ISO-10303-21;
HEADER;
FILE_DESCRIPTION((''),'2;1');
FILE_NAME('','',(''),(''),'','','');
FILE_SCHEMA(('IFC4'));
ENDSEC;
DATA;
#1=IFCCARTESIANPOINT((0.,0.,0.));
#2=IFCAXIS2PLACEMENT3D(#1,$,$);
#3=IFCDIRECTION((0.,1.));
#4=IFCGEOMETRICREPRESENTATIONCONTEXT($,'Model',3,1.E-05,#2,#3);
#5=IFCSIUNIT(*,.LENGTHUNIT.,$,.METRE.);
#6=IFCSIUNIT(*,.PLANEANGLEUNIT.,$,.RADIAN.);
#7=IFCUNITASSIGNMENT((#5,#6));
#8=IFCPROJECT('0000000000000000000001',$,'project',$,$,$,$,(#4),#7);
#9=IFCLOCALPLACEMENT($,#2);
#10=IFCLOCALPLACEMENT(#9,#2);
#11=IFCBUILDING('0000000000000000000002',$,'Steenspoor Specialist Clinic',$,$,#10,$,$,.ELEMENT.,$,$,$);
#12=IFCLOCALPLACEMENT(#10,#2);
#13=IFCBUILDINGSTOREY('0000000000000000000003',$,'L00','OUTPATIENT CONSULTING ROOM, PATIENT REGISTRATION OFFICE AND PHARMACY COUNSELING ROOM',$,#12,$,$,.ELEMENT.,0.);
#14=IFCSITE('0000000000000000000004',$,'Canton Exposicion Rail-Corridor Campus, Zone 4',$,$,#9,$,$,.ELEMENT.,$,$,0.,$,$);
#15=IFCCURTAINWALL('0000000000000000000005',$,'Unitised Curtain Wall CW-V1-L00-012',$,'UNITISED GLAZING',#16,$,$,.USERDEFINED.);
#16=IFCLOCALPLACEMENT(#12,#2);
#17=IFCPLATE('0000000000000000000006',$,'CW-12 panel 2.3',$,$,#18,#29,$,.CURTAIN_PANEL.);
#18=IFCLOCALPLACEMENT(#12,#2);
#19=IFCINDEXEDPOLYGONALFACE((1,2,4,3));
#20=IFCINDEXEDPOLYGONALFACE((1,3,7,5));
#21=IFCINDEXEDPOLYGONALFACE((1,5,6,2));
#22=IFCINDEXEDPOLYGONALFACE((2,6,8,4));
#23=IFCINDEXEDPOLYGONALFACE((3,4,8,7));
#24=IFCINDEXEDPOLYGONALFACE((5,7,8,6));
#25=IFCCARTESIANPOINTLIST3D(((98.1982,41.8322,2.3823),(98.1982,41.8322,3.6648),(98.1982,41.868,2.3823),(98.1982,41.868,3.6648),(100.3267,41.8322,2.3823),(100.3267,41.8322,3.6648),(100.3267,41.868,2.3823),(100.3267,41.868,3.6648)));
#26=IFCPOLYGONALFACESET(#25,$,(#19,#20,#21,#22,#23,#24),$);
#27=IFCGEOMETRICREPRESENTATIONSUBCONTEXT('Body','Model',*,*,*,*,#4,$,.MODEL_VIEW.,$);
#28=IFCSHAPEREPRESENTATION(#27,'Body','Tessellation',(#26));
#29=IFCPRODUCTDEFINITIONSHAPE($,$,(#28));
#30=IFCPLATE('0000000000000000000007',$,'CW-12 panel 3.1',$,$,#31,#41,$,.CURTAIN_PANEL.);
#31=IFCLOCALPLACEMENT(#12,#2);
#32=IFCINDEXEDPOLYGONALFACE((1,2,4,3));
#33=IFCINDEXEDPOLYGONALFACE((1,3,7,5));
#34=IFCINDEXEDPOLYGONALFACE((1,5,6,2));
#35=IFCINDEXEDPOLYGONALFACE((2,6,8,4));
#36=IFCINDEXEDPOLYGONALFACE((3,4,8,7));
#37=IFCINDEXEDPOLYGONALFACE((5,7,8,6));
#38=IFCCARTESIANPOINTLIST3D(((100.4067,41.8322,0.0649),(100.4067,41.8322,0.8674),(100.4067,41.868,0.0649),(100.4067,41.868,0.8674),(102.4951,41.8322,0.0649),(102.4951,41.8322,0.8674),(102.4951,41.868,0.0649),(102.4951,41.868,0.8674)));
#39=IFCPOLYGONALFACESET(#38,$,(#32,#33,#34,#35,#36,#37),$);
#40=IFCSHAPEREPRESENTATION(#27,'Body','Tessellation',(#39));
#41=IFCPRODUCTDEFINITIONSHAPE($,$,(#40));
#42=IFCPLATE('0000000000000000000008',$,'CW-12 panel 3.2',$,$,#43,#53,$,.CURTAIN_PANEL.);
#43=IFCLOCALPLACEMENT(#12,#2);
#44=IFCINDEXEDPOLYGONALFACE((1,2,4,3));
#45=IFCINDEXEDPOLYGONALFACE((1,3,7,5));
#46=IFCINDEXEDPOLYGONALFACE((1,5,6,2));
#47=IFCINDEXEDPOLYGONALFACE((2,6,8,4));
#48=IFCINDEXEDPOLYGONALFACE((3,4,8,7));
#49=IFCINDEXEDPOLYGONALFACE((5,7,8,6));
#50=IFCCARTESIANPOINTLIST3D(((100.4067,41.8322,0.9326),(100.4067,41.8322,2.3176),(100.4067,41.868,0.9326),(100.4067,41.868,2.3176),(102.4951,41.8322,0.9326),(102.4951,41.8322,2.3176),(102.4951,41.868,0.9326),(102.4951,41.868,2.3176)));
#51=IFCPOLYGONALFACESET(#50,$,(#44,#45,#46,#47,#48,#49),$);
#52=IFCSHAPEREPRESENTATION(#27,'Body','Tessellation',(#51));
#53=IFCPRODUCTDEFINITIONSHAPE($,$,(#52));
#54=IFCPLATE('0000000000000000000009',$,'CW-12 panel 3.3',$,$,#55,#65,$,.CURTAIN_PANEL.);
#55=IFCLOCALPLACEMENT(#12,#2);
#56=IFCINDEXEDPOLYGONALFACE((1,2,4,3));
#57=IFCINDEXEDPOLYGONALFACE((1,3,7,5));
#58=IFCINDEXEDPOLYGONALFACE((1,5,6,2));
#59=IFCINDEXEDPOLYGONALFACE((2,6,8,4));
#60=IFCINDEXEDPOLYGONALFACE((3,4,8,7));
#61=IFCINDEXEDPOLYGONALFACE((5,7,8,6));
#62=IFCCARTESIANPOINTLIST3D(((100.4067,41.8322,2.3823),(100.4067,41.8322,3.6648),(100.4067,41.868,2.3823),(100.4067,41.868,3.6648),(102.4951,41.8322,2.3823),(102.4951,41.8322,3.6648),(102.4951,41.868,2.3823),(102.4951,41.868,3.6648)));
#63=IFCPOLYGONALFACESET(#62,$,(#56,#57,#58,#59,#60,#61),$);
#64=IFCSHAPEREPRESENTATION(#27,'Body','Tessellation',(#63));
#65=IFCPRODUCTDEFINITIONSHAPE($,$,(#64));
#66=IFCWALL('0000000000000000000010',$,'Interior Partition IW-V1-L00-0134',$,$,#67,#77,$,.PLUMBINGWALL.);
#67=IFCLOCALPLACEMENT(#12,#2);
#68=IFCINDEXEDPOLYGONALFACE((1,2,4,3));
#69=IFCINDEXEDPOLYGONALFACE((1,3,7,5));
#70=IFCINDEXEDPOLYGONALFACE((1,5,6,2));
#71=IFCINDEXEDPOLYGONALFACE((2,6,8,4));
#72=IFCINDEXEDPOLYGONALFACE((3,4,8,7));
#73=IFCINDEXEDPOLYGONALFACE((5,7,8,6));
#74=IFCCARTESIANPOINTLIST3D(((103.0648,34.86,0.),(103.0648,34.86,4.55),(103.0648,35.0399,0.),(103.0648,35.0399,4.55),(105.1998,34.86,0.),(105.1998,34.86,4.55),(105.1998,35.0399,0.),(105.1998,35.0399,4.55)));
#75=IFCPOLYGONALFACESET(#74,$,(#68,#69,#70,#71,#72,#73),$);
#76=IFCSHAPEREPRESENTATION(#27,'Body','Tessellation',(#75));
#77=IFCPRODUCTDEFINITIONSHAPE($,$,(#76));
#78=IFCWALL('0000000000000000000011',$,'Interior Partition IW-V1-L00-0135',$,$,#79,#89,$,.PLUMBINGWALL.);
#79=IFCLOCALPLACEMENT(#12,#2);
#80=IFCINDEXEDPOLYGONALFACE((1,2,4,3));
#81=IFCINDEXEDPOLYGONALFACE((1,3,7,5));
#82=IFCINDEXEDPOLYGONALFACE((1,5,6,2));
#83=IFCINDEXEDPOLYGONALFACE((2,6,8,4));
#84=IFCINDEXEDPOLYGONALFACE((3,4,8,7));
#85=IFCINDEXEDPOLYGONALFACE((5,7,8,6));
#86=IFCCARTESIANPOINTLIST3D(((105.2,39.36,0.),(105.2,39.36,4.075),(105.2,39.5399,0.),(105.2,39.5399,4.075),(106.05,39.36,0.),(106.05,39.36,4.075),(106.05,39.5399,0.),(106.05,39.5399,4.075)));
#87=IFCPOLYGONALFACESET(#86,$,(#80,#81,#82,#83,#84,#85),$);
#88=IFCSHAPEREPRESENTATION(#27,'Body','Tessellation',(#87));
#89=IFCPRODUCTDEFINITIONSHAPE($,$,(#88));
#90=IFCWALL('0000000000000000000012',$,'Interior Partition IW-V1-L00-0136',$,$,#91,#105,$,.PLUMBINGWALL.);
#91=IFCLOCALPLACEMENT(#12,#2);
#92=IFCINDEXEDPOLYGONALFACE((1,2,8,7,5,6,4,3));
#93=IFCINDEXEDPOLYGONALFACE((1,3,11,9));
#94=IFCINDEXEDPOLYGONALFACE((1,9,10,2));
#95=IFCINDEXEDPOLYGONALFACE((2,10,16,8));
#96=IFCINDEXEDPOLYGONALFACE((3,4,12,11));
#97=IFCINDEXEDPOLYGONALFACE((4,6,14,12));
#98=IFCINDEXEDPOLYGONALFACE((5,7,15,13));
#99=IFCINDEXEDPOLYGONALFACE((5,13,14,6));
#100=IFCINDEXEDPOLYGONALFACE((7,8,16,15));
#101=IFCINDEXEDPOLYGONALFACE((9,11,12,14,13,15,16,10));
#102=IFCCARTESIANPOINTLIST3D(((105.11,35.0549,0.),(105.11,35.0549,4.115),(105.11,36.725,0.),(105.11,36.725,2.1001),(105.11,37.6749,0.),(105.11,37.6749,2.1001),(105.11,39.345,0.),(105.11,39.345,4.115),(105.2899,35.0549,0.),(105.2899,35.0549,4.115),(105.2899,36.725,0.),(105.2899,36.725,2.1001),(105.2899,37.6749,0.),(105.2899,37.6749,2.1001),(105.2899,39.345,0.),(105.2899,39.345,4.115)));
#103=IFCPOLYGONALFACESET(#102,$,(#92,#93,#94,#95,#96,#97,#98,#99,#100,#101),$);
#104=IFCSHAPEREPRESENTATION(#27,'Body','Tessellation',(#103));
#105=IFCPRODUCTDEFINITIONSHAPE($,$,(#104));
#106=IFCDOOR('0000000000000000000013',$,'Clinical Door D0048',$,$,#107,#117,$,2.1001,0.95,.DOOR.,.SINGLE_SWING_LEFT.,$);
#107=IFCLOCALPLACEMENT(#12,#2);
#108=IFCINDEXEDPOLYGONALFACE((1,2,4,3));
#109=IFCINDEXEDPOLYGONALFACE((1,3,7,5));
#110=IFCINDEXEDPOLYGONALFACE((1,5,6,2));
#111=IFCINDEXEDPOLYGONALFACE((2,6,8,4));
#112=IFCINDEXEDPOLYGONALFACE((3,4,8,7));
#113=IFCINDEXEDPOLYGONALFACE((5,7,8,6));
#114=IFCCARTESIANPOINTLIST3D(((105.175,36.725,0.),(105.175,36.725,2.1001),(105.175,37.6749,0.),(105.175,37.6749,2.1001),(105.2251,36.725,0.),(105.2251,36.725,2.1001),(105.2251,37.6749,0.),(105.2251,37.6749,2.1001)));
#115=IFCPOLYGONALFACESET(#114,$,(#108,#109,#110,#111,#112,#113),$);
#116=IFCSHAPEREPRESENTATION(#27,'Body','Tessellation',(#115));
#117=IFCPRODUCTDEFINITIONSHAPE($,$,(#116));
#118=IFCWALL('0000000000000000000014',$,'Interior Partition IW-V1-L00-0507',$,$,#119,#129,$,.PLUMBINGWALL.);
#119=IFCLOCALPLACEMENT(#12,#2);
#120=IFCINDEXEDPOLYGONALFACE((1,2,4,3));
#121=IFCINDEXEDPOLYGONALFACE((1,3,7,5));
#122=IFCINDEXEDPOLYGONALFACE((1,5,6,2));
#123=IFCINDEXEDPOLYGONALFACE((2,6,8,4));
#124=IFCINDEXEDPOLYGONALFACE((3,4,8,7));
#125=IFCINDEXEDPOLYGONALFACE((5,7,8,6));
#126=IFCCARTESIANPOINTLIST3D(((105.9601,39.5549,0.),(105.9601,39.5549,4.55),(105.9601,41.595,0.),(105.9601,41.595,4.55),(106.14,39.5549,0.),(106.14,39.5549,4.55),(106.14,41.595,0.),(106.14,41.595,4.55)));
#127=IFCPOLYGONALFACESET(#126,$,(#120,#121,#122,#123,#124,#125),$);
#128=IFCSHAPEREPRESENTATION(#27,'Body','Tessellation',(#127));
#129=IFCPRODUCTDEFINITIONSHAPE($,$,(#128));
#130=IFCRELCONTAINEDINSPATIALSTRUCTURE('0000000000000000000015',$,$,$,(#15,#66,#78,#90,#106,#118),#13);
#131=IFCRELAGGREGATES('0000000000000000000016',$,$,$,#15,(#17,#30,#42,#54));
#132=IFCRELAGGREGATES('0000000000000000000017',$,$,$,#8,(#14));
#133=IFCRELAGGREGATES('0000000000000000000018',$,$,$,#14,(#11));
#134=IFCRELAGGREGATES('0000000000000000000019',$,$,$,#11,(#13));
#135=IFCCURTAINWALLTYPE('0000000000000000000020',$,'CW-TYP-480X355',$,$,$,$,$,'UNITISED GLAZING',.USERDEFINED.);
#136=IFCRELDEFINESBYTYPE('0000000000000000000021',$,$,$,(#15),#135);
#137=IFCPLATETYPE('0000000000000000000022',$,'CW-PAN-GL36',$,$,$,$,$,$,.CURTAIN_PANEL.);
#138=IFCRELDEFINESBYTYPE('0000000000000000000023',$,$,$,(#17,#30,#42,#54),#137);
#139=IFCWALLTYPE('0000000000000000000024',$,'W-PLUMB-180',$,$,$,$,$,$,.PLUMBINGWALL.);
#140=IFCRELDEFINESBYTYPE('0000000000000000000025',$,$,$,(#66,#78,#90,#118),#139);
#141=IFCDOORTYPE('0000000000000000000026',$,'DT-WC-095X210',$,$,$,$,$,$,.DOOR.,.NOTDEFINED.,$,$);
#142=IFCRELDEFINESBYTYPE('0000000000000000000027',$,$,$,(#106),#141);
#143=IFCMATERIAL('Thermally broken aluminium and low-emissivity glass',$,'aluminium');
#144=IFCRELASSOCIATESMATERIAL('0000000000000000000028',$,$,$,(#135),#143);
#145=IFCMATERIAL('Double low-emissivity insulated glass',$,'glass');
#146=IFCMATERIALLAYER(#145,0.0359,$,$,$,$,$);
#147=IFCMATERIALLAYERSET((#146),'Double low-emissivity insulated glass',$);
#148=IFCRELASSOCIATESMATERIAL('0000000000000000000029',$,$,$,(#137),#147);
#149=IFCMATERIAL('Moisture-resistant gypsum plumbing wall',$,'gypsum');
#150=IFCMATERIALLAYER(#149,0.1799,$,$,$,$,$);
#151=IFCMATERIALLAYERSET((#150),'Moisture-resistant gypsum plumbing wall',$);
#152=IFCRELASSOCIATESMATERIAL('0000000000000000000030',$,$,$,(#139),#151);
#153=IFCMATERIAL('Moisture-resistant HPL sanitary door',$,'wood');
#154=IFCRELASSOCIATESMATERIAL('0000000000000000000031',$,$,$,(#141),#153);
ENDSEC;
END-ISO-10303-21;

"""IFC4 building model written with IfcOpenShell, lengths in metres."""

from ifc_helpers import new_model, si_unit, direction, frame, frame_2d, origin, origin_2d, place, context, subcontext, project, spatial, rectangle, extrude, material, layer, layer_set, type_object, element, fill, aggregate, save


model = new_model("IFC4")

# Units and contexts
model_context = context("Model", 3, precision=1e-05, world=origin(), true_north=direction((0.0, 1.0)))
body_context = subcontext(model_context, "Body", "Model", "MODEL_VIEW")
ifc_project = project(units=[si_unit("LENGTHUNIT", "METRE"), si_unit("PLANEANGLEUNIT", "RADIAN")], contexts=[model_context])

# Site, building, storey
site_placement = place(None, origin())
site = spatial("IfcSite", under=ifc_project, at=site_placement, Name="Canton Exposicion Rail-Corridor Campus, Zone 4", CompositionType="ELEMENT", RefElevation=0.0)
building_placement = place(site_placement, origin())
building = spatial("IfcBuilding", under=site, at=building_placement, Name="Steenspoor Specialist Clinic", CompositionType="ELEMENT")
storey_placement = place(building_placement, origin())
storey = spatial("IfcBuildingStorey", under=building, at=storey_placement, Name="L00", Description="OUTPATIENT CONSULTING ROOM, PATIENT REGISTRATION OFFICE AND PHARMACY COUNSELING ROOM", CompositionType="ELEMENT", Elevation=0.0)

# Curtain wall
ifc_material_1 = material(Name="Thermally broken aluminium and low-emissivity glass", Category="aluminium")
curtain_wall_type = type_object("IfcCurtainWallType", Name="CW-TYP-480X355", ElementType="UNITISED GLAZING", PredefinedType="USERDEFINED", material=ifc_material_1)
curtain_wall_placement = place(storey_placement, origin())
curtain_wall = element("IfcCurtainWall", 1, at=curtain_wall_placement, inside=storey, type_object=curtain_wall_type, Name="Unitised Curtain Wall CW-V1-L00-012", ObjectType="UNITISED GLAZING", PredefinedType="USERDEFINED")

# Plates
ifc_material_2 = material(Name="Double low-emissivity insulated glass", Category="glass")
ifc_layer_1 = layer(ifc_material_2, 0.0359)
ifc_layer_set_1 = layer_set([ifc_layer_1], Name="Double low-emissivity insulated glass")
plate_type = type_object("IfcPlateType", Name="CW-PAN-GL36", PredefinedType="CURTAIN_PANEL", material=ifc_layer_set_1)
plate_1_placement = place(storey_placement, frame((99.2625, 41.8501, 2.3823), z_axis=(0.0, 0.0, 1.0), x_axis=(1.0, 0.0, 0.0)))
plate_1 = element("IfcPlate", 2, at=plate_1_placement, type_object=plate_type, Name="CW-12 panel 2.3", PredefinedType="CURTAIN_PANEL", context=body_context, shape_type="SweptSolid", body=[
    extrude(rectangle(XDim=2.1284, YDim=0.0359, at=origin_2d()), origin(), (0.0, 0.0, 1.0), 1.2825),
])
plate_2_placement = place(storey_placement, frame((101.4509, 41.8501, 0.0649), z_axis=(0.0, 0.0, 1.0), x_axis=(1.0, 0.0, 0.0)))
plate_2 = element("IfcPlate", 3, at=plate_2_placement, type_object=plate_type, Name="CW-12 panel 3.1", PredefinedType="CURTAIN_PANEL", context=body_context, shape_type="SweptSolid", body=[
    extrude(rectangle(XDim=2.0884, YDim=0.0359, at=origin_2d()), origin(), (0.0, 0.0, 1.0), 0.8025),
])
plate_3_placement = place(storey_placement, frame((101.4509, 41.8501, 0.9326), z_axis=(0.0, 0.0, 1.0), x_axis=(1.0, 0.0, 0.0)))
plate_3 = element("IfcPlate", 4, at=plate_3_placement, type_object=plate_type, Name="CW-12 panel 3.2", PredefinedType="CURTAIN_PANEL", context=body_context, shape_type="SweptSolid", body=[
    extrude(rectangle(XDim=2.0884, YDim=0.0359, at=origin_2d()), origin(), (0.0, 0.0, 1.0), 1.385),
])
plate_4_placement = place(storey_placement, frame((101.4509, 41.8501, 2.3823), z_axis=(0.0, 0.0, 1.0), x_axis=(1.0, 0.0, 0.0)))
plate_4 = element("IfcPlate", 5, at=plate_4_placement, type_object=plate_type, Name="CW-12 panel 3.3", PredefinedType="CURTAIN_PANEL", context=body_context, shape_type="SweptSolid", body=[
    extrude(rectangle(XDim=2.0884, YDim=0.0359, at=origin_2d()), origin(), (0.0, 0.0, 1.0), 1.2825),
])
aggregate(curtain_wall, [plate_1, plate_2, plate_3, plate_4])

# Walls
ifc_material_3 = material(Name="Moisture-resistant gypsum plumbing wall", Category="gypsum")
ifc_layer_2 = layer(ifc_material_3, 0.1799)
ifc_layer_set_2 = layer_set([ifc_layer_2], Name="Moisture-resistant gypsum plumbing wall")
wall_type_1 = type_object("IfcWallType", Name="W-PLUMB-180", PredefinedType="PLUMBINGWALL", material=ifc_layer_set_2)
wall_1_placement = place(storey_placement, frame((103.0649, 34.95, 0.0), z_axis=(0.0, 0.0, 1.0), x_axis=(1.0, 0.0, 0.0)))
element("IfcWall", 6, at=wall_1_placement, inside=storey, type_object=wall_type_1, Name="Interior Partition IW-V1-L00-0134", PredefinedType="PLUMBINGWALL", context=body_context, shape_type="SweptSolid", body=[
    extrude(rectangle(XDim=2.135, YDim=0.1799, at=frame_2d((1.0674, 0.0))), origin(), (0.0, 0.0, 1.0), 4.55),
])
wall_2_placement = place(storey_placement, frame((105.2, 39.45, 0.0), z_axis=(0.0, 0.0, 1.0), x_axis=(1.0, 0.0, 0.0)))
element("IfcWall", 7, at=wall_2_placement, inside=storey, type_object=wall_type_1, Name="Interior Partition IW-V1-L00-0135", PredefinedType="PLUMBINGWALL", context=body_context, shape_type="SweptSolid", body=[
    extrude(rectangle(XDim=0.8501, YDim=0.1799, at=frame_2d((0.425, 0.0))), origin(), (0.0, 0.0, 1.0), 4.075),
])

# Wall, opening, door
wall_3_placement = place(storey_placement, frame((105.2, 35.0549, 0.0), z_axis=(0.0, 0.0, 1.0), x_axis=(0.0, 1.0, 0.0)))
wall_3 = element("IfcWall", 8, at=wall_3_placement, inside=storey, type_object=wall_type_1, Name="Interior Partition IW-V1-L00-0136", PredefinedType="PLUMBINGWALL", context=body_context, shape_type="SweptSolid", body=[
    extrude(rectangle(XDim=4.29, YDim=0.1799, at=frame_2d((2.145, 0.0))), origin(), (0.0, 0.0, 1.0), 4.115),
])
opening_placement = place(wall_3_placement, frame((1.6699, 0.0, 0.0)))
opening = element("IfcOpeningElement", 9, at=opening_placement, cuts=wall_3, PredefinedType="OPENING", context=body_context, shape_type="SweptSolid", body=[
    extrude(rectangle(XDim=0.95, YDim=2.1001, at=frame_2d((0.4751, 1.05))), frame((0.0, 0.1001, 0.0), z_axis=(0.0, -1.0, 0.0), x_axis=(1.0, 0.0, 0.0)), (0.0, 0.0, 1.0), 0.2),
])
ifc_material_4 = material(Name="Moisture-resistant HPL sanitary door", Category="wood")
door_type = type_object("IfcDoorType", Name="DT-WC-095X210", OperationType="NOTDEFINED", PredefinedType="DOOR", material=ifc_material_4)
door_placement = place(opening_placement, origin())
door = element("IfcDoor", 10, at=door_placement, inside=storey, type_object=door_type, Name="Clinical Door D0048", OperationType="SINGLE_SWING_LEFT", OverallHeight=2.1001, OverallWidth=0.95, PredefinedType="DOOR", context=body_context, shape_type="SweptSolid", body=[
    extrude(rectangle(XDim=0.95, YDim=2.1001, at=frame_2d((0.4751, 1.05))), frame((0.0, 0.0249, 0.0), z_axis=(0.0, -1.0, 0.0), x_axis=(1.0, 0.0, 0.0)), (0.0, 0.0, 1.0), 0.05),
])
fill(opening, door)

# Wall
wall_4_placement = place(storey_placement, frame((106.05, 39.5549, 0.0), z_axis=(0.0, 0.0, 1.0), x_axis=(0.0, 1.0, 0.0)))
element("IfcWall", 11, at=wall_4_placement, inside=storey, type_object=wall_type_1, Name="Interior Partition IW-V1-L00-0507", PredefinedType="PLUMBINGWALL", context=body_context, shape_type="SweptSolid", body=[
    extrude(rectangle(XDim=2.04, YDim=0.1799, at=frame_2d((1.02, 0.0))), origin(), (0.0, 0.0, 1.0), 4.55),
])

save(model, "model.ifc")
